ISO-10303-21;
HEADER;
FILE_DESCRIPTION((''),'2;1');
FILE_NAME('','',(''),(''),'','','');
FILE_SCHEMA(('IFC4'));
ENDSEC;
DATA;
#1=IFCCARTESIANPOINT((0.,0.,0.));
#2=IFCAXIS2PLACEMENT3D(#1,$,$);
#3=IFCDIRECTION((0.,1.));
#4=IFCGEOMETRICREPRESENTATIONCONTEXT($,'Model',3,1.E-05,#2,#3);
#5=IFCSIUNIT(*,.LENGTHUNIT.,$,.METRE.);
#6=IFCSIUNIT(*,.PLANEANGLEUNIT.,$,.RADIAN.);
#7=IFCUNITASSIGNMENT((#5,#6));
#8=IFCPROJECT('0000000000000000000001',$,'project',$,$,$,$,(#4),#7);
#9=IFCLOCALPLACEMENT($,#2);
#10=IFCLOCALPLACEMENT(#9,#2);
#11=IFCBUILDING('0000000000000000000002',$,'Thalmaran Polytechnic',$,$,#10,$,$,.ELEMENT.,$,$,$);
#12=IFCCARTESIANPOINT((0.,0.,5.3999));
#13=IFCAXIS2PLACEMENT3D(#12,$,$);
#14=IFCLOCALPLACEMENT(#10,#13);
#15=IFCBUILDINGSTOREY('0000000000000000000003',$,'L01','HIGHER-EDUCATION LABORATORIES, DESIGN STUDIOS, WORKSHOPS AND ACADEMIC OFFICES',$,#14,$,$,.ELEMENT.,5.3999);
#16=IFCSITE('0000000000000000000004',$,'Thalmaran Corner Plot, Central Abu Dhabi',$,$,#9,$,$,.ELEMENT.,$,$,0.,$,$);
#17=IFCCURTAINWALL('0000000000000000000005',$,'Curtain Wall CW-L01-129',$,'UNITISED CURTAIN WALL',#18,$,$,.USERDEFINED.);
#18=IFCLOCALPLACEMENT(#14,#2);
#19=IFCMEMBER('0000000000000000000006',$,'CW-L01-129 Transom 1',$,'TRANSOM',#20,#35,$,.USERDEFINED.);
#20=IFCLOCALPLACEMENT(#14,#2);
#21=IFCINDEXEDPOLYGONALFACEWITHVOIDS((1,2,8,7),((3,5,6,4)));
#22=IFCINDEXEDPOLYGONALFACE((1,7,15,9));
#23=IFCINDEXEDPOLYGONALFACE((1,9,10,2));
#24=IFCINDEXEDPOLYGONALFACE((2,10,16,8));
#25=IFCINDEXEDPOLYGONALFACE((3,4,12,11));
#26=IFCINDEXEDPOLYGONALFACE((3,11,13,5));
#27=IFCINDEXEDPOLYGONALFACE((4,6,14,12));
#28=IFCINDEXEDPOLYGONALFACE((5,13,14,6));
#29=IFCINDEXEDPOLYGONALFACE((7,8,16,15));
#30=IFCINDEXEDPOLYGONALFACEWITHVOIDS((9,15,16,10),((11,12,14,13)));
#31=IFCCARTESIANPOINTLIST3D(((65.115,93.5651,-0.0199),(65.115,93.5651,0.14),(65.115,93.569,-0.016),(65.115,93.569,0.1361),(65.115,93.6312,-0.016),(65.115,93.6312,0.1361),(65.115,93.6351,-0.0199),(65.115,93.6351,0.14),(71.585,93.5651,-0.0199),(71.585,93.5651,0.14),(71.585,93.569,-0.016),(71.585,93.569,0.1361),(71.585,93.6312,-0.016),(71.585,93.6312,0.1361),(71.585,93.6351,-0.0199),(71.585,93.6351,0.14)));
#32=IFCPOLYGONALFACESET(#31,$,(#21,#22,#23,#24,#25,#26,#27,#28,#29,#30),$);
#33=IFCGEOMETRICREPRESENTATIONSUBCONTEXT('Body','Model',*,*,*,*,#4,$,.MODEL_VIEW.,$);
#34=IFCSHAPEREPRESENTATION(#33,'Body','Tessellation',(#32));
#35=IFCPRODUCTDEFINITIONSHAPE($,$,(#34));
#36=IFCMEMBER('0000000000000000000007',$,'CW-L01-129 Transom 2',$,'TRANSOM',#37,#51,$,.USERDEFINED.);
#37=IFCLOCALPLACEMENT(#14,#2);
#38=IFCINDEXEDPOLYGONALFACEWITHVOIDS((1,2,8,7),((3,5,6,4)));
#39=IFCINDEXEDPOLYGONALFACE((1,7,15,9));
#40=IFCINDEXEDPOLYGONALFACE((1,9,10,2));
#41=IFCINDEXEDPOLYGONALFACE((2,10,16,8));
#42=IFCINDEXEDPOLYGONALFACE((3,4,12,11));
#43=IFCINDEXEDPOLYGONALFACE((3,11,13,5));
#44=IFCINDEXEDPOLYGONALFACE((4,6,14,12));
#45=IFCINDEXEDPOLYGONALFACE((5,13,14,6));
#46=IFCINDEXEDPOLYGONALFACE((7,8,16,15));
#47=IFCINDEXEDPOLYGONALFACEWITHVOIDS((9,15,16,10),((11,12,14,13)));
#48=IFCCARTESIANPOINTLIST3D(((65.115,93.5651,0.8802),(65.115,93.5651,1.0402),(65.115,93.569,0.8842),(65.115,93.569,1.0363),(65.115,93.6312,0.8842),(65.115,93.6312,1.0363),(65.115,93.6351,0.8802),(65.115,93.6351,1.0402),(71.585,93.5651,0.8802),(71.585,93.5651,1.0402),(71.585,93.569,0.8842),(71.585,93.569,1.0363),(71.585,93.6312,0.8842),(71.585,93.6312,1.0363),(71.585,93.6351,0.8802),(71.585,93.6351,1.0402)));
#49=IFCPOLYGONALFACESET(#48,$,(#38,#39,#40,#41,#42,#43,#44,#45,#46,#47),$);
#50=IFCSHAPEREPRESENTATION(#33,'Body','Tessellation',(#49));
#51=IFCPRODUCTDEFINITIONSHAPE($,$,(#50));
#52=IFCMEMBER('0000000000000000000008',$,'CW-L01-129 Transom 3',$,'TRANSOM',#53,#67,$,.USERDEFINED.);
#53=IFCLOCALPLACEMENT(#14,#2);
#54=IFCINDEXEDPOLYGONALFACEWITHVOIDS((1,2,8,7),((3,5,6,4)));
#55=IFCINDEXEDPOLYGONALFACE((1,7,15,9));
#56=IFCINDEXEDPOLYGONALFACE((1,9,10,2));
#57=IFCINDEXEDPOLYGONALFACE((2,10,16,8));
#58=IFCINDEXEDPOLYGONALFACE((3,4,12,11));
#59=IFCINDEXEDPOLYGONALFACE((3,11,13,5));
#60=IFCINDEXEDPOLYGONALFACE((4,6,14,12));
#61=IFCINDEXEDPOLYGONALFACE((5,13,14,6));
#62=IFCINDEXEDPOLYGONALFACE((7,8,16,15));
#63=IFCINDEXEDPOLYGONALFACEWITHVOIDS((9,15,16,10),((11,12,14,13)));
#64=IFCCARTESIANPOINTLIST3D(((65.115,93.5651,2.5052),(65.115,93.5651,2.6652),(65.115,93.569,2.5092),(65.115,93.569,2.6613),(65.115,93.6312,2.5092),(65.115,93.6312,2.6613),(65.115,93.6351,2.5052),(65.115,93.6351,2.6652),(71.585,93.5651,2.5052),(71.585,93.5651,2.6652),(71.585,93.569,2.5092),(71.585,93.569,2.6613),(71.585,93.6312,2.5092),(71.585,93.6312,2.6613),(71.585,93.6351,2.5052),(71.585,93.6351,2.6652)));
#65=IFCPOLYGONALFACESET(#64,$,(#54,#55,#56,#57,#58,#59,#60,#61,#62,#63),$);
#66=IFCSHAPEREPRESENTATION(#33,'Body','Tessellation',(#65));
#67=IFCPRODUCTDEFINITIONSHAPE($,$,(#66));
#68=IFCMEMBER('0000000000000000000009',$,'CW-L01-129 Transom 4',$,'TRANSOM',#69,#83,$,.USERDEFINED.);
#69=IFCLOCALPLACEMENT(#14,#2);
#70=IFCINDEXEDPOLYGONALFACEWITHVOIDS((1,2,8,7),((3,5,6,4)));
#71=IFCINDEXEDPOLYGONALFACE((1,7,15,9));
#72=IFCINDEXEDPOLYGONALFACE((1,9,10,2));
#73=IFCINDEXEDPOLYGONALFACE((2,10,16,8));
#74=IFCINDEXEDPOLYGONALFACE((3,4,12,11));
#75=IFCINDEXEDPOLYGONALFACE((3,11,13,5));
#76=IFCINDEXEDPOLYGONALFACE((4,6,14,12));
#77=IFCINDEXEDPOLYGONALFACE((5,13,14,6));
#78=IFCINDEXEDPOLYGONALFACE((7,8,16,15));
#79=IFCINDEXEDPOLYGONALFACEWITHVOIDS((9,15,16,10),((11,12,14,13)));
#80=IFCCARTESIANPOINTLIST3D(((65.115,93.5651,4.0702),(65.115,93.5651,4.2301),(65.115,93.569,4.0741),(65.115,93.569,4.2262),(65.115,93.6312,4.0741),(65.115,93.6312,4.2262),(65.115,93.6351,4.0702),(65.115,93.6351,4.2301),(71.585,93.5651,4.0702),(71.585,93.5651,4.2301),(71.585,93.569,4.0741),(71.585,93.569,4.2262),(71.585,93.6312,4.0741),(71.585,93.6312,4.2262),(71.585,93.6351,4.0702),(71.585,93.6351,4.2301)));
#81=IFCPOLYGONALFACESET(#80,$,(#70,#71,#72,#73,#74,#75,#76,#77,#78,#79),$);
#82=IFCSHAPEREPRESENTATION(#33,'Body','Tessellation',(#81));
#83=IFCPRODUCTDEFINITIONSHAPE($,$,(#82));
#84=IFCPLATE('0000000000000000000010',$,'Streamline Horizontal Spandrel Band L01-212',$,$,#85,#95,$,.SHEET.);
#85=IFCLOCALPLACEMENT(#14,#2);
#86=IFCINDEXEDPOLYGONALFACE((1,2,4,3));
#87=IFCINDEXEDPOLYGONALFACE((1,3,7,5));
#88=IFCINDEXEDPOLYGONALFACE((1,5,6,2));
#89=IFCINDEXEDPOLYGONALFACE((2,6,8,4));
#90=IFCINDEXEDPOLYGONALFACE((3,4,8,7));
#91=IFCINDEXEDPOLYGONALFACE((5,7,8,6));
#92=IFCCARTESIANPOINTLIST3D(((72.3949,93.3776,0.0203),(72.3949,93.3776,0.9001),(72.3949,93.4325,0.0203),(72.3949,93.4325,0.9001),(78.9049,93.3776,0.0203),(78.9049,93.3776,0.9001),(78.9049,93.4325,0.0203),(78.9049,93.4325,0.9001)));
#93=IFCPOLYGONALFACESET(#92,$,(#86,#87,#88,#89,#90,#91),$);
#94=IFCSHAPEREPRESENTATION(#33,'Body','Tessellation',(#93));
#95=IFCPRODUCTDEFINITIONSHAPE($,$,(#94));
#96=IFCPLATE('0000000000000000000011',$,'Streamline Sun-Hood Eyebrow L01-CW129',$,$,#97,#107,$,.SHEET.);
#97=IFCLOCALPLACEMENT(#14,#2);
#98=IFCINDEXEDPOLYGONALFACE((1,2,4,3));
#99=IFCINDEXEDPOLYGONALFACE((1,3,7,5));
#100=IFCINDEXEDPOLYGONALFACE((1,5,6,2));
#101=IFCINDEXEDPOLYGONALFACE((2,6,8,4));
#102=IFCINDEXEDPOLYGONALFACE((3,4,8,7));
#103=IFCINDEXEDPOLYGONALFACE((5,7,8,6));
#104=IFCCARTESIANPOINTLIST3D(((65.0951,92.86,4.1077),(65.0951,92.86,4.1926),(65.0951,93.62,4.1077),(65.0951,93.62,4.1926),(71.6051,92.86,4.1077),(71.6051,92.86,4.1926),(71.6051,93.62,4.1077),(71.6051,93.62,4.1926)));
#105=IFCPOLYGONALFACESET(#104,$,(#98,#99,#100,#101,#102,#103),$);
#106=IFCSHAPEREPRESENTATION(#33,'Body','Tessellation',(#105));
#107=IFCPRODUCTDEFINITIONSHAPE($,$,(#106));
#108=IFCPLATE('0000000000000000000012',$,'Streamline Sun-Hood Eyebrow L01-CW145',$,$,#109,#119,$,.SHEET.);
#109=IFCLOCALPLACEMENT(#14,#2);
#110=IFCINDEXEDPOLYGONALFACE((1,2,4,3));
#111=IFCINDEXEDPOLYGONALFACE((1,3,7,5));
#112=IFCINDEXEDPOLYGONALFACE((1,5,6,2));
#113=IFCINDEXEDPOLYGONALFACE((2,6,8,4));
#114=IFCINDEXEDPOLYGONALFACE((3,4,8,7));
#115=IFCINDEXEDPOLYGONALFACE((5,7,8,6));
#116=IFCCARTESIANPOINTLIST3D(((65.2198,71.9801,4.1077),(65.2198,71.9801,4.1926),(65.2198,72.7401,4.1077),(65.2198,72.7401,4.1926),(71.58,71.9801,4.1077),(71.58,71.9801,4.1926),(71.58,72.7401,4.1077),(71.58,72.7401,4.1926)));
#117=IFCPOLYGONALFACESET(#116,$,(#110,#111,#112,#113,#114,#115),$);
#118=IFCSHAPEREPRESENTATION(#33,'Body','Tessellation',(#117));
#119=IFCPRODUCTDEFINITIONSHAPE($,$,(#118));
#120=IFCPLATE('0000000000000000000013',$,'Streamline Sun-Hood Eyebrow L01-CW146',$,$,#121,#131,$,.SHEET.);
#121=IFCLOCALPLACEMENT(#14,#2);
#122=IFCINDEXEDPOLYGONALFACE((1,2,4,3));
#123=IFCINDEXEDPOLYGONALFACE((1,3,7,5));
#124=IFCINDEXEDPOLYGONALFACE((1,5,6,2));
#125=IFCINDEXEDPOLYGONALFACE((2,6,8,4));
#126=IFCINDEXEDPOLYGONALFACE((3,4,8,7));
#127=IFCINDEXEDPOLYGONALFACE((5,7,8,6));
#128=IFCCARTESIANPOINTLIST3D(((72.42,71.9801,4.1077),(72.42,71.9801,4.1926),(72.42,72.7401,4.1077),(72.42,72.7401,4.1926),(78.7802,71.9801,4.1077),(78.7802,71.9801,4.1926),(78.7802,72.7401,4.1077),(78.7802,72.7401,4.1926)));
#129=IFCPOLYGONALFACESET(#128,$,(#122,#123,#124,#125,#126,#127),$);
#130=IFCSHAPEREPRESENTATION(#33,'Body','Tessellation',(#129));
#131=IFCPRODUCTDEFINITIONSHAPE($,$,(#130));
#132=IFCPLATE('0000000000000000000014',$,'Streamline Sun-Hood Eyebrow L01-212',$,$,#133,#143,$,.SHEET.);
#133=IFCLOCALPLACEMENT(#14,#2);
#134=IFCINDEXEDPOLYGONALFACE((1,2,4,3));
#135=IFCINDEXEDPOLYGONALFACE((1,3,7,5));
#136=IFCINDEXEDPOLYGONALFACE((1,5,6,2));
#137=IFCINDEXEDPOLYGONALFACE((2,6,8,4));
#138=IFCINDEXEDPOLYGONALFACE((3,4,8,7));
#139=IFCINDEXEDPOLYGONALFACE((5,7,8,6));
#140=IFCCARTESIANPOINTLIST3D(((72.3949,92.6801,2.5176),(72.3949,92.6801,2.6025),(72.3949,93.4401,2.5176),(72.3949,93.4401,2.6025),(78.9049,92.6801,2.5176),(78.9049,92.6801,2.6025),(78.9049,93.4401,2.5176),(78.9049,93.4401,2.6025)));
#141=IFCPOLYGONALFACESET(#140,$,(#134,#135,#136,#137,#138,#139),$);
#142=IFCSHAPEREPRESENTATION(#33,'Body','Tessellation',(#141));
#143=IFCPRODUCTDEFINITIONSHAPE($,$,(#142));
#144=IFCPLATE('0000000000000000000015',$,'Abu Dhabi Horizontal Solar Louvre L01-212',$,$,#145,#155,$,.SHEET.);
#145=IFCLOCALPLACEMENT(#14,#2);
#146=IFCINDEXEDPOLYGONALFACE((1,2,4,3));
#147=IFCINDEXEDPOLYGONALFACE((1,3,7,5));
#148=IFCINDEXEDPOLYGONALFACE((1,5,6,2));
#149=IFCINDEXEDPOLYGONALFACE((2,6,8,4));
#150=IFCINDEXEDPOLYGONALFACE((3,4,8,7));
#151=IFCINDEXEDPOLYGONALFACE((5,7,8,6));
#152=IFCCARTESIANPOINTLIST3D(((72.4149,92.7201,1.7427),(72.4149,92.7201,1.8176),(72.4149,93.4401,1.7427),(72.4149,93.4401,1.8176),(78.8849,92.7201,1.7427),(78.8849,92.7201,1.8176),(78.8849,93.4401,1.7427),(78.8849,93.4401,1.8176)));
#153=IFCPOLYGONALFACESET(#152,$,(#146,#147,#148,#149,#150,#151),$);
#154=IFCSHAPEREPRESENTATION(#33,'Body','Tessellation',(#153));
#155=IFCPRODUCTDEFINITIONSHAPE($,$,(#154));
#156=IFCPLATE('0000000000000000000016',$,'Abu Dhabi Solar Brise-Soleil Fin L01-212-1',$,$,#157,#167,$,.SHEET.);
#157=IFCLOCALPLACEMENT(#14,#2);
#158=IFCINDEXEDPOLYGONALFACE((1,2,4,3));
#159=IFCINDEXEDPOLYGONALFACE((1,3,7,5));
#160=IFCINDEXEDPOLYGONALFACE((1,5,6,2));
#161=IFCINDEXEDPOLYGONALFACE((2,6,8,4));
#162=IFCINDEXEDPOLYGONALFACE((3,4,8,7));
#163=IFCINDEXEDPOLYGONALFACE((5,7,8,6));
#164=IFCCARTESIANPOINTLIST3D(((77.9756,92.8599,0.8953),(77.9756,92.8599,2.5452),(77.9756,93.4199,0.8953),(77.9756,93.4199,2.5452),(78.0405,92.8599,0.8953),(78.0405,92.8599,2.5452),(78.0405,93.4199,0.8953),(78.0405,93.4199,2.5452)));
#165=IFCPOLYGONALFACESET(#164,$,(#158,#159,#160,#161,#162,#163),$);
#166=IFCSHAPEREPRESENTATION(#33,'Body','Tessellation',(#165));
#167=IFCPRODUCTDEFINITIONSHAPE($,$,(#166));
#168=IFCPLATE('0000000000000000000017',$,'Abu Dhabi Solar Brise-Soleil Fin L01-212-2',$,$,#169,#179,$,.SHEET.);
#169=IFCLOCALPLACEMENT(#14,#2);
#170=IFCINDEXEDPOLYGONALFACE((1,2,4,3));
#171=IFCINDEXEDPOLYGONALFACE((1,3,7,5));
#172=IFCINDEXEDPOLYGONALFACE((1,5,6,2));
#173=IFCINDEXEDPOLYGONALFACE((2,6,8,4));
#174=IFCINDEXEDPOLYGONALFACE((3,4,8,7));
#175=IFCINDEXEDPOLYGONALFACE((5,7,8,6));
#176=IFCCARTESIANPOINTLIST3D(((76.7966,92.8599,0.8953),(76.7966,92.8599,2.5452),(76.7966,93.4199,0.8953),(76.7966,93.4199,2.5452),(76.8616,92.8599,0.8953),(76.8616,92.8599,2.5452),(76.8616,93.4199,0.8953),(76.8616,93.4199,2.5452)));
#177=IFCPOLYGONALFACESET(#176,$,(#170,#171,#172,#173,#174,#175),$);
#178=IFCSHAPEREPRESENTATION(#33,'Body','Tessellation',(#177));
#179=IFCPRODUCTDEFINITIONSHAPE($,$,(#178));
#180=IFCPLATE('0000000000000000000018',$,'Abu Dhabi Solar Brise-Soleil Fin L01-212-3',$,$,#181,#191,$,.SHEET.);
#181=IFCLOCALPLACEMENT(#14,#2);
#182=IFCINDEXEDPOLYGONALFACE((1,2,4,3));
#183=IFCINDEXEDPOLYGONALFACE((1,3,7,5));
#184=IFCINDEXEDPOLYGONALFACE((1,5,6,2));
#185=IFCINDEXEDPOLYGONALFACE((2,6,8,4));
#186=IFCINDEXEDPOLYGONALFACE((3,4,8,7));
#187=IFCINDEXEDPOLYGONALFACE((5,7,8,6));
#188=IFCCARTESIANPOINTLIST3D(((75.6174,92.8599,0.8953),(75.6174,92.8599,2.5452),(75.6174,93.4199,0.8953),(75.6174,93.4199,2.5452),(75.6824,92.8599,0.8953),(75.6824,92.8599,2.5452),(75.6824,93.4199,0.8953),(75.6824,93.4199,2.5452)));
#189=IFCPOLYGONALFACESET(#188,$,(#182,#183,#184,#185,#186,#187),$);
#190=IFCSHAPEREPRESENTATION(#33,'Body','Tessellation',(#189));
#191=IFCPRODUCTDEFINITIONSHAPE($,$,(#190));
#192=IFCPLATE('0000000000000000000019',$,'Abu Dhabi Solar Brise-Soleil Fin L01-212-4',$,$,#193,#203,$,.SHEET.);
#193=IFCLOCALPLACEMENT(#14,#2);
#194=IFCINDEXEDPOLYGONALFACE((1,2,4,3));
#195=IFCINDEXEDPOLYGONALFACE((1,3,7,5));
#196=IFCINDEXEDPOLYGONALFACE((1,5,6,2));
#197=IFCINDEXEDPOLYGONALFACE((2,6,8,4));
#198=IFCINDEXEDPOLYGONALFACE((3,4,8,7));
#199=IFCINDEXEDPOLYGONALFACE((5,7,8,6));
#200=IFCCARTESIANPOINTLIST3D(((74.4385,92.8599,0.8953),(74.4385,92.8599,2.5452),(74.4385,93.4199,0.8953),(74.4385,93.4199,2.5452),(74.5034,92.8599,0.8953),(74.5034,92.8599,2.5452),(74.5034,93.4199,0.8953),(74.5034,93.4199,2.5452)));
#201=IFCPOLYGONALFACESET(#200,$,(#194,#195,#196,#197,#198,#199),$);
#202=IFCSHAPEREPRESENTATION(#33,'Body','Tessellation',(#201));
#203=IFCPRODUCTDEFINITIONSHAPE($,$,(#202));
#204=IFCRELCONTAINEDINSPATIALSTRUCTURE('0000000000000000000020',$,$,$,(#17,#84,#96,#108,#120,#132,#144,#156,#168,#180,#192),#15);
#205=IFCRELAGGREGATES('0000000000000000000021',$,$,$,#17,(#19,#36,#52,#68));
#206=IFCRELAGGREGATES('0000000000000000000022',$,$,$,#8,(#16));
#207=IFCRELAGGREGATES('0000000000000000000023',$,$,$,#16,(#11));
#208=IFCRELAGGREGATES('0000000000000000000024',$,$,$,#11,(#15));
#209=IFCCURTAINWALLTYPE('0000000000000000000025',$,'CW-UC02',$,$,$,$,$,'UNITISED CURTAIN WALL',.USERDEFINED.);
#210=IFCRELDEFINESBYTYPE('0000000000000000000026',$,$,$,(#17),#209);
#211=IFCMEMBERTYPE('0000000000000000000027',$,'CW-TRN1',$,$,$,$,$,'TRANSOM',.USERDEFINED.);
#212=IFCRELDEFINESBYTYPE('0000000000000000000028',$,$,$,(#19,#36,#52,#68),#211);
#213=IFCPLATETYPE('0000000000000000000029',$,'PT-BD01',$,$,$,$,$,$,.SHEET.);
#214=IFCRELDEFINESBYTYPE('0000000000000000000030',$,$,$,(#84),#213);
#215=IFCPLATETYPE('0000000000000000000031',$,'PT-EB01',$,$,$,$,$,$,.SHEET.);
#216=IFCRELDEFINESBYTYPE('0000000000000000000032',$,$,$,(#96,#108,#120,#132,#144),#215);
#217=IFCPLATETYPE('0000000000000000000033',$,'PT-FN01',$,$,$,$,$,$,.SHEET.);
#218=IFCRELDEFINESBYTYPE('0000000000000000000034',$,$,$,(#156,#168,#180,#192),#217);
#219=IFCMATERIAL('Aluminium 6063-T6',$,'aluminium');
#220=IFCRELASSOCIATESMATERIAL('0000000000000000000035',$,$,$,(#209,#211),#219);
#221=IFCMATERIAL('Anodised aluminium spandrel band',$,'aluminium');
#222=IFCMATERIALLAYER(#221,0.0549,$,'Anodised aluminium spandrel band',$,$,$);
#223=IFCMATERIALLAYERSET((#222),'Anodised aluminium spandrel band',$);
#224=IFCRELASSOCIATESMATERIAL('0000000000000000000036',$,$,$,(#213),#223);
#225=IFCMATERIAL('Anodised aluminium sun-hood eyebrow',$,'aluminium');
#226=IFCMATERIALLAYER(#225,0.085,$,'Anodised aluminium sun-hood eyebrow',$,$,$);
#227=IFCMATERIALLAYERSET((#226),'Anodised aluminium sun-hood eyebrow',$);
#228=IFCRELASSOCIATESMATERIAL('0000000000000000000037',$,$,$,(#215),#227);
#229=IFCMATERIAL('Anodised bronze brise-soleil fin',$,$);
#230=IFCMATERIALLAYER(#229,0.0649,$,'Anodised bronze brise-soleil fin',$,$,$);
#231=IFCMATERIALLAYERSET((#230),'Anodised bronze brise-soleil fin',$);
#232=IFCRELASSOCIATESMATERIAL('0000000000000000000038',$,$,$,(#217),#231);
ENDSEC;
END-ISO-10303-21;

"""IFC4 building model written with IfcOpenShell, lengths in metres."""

from ifc_helpers import new_model, si_unit, direction, frame, origin, origin_2d, place, context, subcontext, project, spatial, rectangle, hollow_rectangle, extrude, material, layer, layer_set, material_profile, profile_set, type_object, element, aggregate, save


model = new_model("IFC4")

# Units and contexts
model_context = context("Model", 3, precision=1e-05, world=origin(), true_north=direction((0.0, 1.0)))
body_context = subcontext(model_context, "Body", "Model", "MODEL_VIEW")
ifc_project = project(units=[si_unit("LENGTHUNIT", "METRE"), si_unit("PLANEANGLEUNIT", "RADIAN")], contexts=[model_context])

# Site, building, storey
site_placement = place(None, origin())
site = spatial("IfcSite", under=ifc_project, at=site_placement, Name="Thalmaran Corner Plot, Central Abu Dhabi", CompositionType="ELEMENT", RefElevation=0.0)
building_placement = place(site_placement, origin())
building = spatial("IfcBuilding", under=site, at=building_placement, Name="Thalmaran Polytechnic", CompositionType="ELEMENT")
storey_placement = place(building_placement, frame((0.0, 0.0, 5.3999)))
storey = spatial("IfcBuildingStorey", under=building, at=storey_placement, Name="L01", Description="HIGHER-EDUCATION LABORATORIES, DESIGN STUDIOS, WORKSHOPS AND ACADEMIC OFFICES", CompositionType="ELEMENT", Elevation=5.3999)

# Curtain wall
ifc_material_1 = material(Name="Aluminium 6063-T6", Category="aluminium")
curtain_wall_type_1 = type_object("IfcCurtainWallType", Name="CW-UC02", ElementType="UNITISED CURTAIN WALL", PredefinedType="USERDEFINED", material=ifc_material_1)
curtain_wall_1_placement = place(storey_placement, origin())
curtain_wall_1 = element("IfcCurtainWall", 1, at=curtain_wall_1_placement, inside=storey, type_object=curtain_wall_type_1, Name="Curtain Wall CW-L01-129", ObjectType="UNITISED CURTAIN WALL", PredefinedType="USERDEFINED")

# Members
ifc_material_profile_1 = material_profile(ifc_material_1, hollow_rectangle(XDim=0.0701, YDim=0.1599, WallThickness=0.0039, at=origin_2d()), Name="AL 160x70x4.0")
ifc_profile_set_1 = profile_set([ifc_material_profile_1], Name="Aluminium 6063-T6")
member_type_1 = type_object("IfcMemberType", Name="CW-TRN1", ElementType="TRANSOM", PredefinedType="USERDEFINED", material=ifc_profile_set_1)
member_1_placement = place(storey_placement, frame((71.585, 93.6001, 0.0601), z_axis=(-1.0, 0.0, 0.0), x_axis=(0.0, -1.0, 0.0)))
member_1 = element("IfcMember", 2, at=member_1_placement, type_object=member_type_1, Name="CW-L01-129 Transom 1", ObjectType="TRANSOM", PredefinedType="USERDEFINED", context=body_context, shape_type="SweptSolid", body=[
    extrude(hollow_rectangle(XDim=0.0701, YDim=0.1599, WallThickness=0.0039, at=origin_2d()), origin(), (0.0, 0.0, 1.0), 6.47),
])
member_2_placement = place(storey_placement, frame((71.585, 93.6001, 0.9602), z_axis=(-1.0, 0.0, 0.0), x_axis=(0.0, -1.0, 0.0)))
member_2 = element("IfcMember", 3, at=member_2_placement, type_object=member_type_1, Name="CW-L01-129 Transom 2", ObjectType="TRANSOM", PredefinedType="USERDEFINED", context=body_context, shape_type="SweptSolid", body=[
    extrude(hollow_rectangle(XDim=0.0701, YDim=0.1599, WallThickness=0.0039, at=origin_2d()), origin(), (0.0, 0.0, 1.0), 6.47),
])
member_3_placement = place(storey_placement, frame((71.585, 93.6001, 2.5852), z_axis=(-1.0, 0.0, 0.0), x_axis=(0.0, -1.0, 0.0)))
member_3 = element("IfcMember", 4, at=member_3_placement, type_object=member_type_1, Name="CW-L01-129 Transom 3", ObjectType="TRANSOM", PredefinedType="USERDEFINED", context=body_context, shape_type="SweptSolid", body=[
    extrude(hollow_rectangle(XDim=0.0701, YDim=0.1599, WallThickness=0.0039, at=origin_2d()), origin(), (0.0, 0.0, 1.0), 6.47),
])
member_4_placement = place(storey_placement, frame((71.585, 93.6001, 4.1501), z_axis=(-1.0, 0.0, 0.0), x_axis=(0.0, -1.0, 0.0)))
member_4 = element("IfcMember", 5, at=member_4_placement, type_object=member_type_1, Name="CW-L01-129 Transom 4", ObjectType="TRANSOM", PredefinedType="USERDEFINED", context=body_context, shape_type="SweptSolid", body=[
    extrude(hollow_rectangle(XDim=0.0701, YDim=0.1599, WallThickness=0.0039, at=origin_2d()), origin(), (0.0, 0.0, 1.0), 6.47),
])

# Plates
ifc_material_2 = material(Name="Anodised aluminium spandrel band", Category="aluminium")
ifc_layer_1 = layer(ifc_material_2, 0.0549, Name="Anodised aluminium spandrel band")
ifc_layer_set_1 = layer_set([ifc_layer_1], Name="Anodised aluminium spandrel band")
plate_type_1 = type_object("IfcPlateType", Name="PT-BD01", PredefinedType="SHEET", material=ifc_layer_set_1)
plate_1_placement = place(storey_placement, frame((75.6499, 93.405, 0.0203), z_axis=(0.0, 0.0, 1.0), x_axis=(-1.0, 0.0, 0.0)))
element("IfcPlate", 6, at=plate_1_placement, inside=storey, type_object=plate_type_1, Name="Streamline Horizontal Spandrel Band L01-212", PredefinedType="SHEET", context=body_context, shape_type="SweptSolid", body=[
    extrude(rectangle(XDim=6.51, YDim=0.0549, at=origin_2d()), origin(), (0.0, 0.0, 1.0), 0.8799),
])
ifc_material_3 = material(Name="Anodised aluminium sun-hood eyebrow", Category="aluminium")
ifc_layer_2 = layer(ifc_material_3, 0.085, Name="Anodised aluminium sun-hood eyebrow")
ifc_layer_set_2 = layer_set([ifc_layer_2], Name="Anodised aluminium sun-hood eyebrow")
plate_type_2 = type_object("IfcPlateType", Name="PT-EB01", PredefinedType="SHEET", material=ifc_layer_set_2)
plate_2_placement = place(storey_placement, frame((68.3501, 93.24, 4.1077), z_axis=(0.0, 0.0, 1.0), x_axis=(-1.0, 0.0, 0.0)))
element("IfcPlate", 7, at=plate_2_placement, inside=storey, type_object=plate_type_2, Name="Streamline Sun-Hood Eyebrow L01-CW129", PredefinedType="SHEET", context=body_context, shape_type="SweptSolid", body=[
    extrude(rectangle(XDim=6.51, YDim=0.76, at=origin_2d()), origin(), (0.0, 0.0, 1.0), 0.085),
])
for number, where, z_axis, x_axis, name in (
    (8, (68.3999, 72.3601, 4.1077), (0.0, 0.0, 1.0), (1.0, 0.0, 0.0), "Streamline Sun-Hood Eyebrow L01-CW145"),
    (9, (75.6001, 72.3601, 4.1077), (0.0, 0.0, 1.0), (1.0, 0.0, 0.0), "Streamline Sun-Hood Eyebrow L01-CW146"),
):
    element("IfcPlate", number, at=place(storey_placement, frame(where, z_axis=z_axis, x_axis=x_axis)), inside=storey, type_object=plate_type_2, Name=name, PredefinedType="SHEET", context=body_context, shape_type="SweptSolid", body=[
        extrude(rectangle(XDim=6.3601, YDim=0.76, at=origin_2d()), origin(), (0.0, 0.0, 1.0), 0.085),
    ])
plate_3_placement = place(storey_placement, frame((75.6499, 93.0601, 2.5176), z_axis=(0.0, 0.0, 1.0), x_axis=(-1.0, 0.0, 0.0)))
element("IfcPlate", 10, at=plate_3_placement, inside=storey, type_object=plate_type_2, Name="Streamline Sun-Hood Eyebrow L01-212", PredefinedType="SHEET", context=body_context, shape_type="SweptSolid", body=[
    extrude(rectangle(XDim=6.51, YDim=0.76, at=origin_2d()), origin(), (0.0, 0.0, 1.0), 0.085),
])
plate_4_placement = place(storey_placement, frame((75.6499, 93.0801, 1.7427), z_axis=(0.0, 0.0, 1.0), x_axis=(-1.0, 0.0, 0.0)))
element("IfcPlate", 11, at=plate_4_placement, inside=storey, type_object=plate_type_2, Name="Abu Dhabi Horizontal Solar Louvre L01-212", PredefinedType="SHEET", context=body_context, shape_type="SweptSolid", body=[
    extrude(rectangle(XDim=6.47, YDim=0.72, at=origin_2d()), origin(), (0.0, 0.0, 1.0), 0.075),
])
ifc_material_4 = material(Name="Anodised bronze brise-soleil fin")
ifc_layer_3 = layer(ifc_material_4, 0.0649, Name="Anodised bronze brise-soleil fin")
ifc_layer_set_3 = layer_set([ifc_layer_3], Name="Anodised bronze brise-soleil fin")
plate_type_3 = type_object("IfcPlateType", Name="PT-FN01", PredefinedType="SHEET", material=ifc_layer_set_3)
for number, where, z_axis, x_axis, name in (
    (12, (78.0081, 93.1399, 0.8953), (0.0, 0.0, 1.0), (-1.0, 0.0, 0.0), "Abu Dhabi Solar Brise-Soleil Fin L01-212-1"),
    (13, (76.8291, 93.1399, 0.8953), (0.0, 0.0, 1.0), (-1.0, 0.0, 0.0), "Abu Dhabi Solar Brise-Soleil Fin L01-212-2"),
    (14, (75.6499, 93.1399, 0.8953), (0.0, 0.0, 1.0), (-1.0, 0.0, 0.0), "Abu Dhabi Solar Brise-Soleil Fin L01-212-3"),
    (15, (74.4709, 93.1399, 0.8953), (0.0, 0.0, 1.0), (-1.0, 0.0, 0.0), "Abu Dhabi Solar Brise-Soleil Fin L01-212-4"),
):
    element("IfcPlate", number, at=place(storey_placement, frame(where, z_axis=z_axis, x_axis=x_axis)), inside=storey, type_object=plate_type_3, Name=name, PredefinedType="SHEET", context=body_context, shape_type="SweptSolid", body=[
        extrude(rectangle(XDim=0.0649, YDim=0.5601, at=origin_2d()), origin(), (0.0, 0.0, 1.0), 1.6499),
    ])

aggregate(curtain_wall_1, [member_1, member_2, member_3, member_4])

save(model, "model.ifc")
